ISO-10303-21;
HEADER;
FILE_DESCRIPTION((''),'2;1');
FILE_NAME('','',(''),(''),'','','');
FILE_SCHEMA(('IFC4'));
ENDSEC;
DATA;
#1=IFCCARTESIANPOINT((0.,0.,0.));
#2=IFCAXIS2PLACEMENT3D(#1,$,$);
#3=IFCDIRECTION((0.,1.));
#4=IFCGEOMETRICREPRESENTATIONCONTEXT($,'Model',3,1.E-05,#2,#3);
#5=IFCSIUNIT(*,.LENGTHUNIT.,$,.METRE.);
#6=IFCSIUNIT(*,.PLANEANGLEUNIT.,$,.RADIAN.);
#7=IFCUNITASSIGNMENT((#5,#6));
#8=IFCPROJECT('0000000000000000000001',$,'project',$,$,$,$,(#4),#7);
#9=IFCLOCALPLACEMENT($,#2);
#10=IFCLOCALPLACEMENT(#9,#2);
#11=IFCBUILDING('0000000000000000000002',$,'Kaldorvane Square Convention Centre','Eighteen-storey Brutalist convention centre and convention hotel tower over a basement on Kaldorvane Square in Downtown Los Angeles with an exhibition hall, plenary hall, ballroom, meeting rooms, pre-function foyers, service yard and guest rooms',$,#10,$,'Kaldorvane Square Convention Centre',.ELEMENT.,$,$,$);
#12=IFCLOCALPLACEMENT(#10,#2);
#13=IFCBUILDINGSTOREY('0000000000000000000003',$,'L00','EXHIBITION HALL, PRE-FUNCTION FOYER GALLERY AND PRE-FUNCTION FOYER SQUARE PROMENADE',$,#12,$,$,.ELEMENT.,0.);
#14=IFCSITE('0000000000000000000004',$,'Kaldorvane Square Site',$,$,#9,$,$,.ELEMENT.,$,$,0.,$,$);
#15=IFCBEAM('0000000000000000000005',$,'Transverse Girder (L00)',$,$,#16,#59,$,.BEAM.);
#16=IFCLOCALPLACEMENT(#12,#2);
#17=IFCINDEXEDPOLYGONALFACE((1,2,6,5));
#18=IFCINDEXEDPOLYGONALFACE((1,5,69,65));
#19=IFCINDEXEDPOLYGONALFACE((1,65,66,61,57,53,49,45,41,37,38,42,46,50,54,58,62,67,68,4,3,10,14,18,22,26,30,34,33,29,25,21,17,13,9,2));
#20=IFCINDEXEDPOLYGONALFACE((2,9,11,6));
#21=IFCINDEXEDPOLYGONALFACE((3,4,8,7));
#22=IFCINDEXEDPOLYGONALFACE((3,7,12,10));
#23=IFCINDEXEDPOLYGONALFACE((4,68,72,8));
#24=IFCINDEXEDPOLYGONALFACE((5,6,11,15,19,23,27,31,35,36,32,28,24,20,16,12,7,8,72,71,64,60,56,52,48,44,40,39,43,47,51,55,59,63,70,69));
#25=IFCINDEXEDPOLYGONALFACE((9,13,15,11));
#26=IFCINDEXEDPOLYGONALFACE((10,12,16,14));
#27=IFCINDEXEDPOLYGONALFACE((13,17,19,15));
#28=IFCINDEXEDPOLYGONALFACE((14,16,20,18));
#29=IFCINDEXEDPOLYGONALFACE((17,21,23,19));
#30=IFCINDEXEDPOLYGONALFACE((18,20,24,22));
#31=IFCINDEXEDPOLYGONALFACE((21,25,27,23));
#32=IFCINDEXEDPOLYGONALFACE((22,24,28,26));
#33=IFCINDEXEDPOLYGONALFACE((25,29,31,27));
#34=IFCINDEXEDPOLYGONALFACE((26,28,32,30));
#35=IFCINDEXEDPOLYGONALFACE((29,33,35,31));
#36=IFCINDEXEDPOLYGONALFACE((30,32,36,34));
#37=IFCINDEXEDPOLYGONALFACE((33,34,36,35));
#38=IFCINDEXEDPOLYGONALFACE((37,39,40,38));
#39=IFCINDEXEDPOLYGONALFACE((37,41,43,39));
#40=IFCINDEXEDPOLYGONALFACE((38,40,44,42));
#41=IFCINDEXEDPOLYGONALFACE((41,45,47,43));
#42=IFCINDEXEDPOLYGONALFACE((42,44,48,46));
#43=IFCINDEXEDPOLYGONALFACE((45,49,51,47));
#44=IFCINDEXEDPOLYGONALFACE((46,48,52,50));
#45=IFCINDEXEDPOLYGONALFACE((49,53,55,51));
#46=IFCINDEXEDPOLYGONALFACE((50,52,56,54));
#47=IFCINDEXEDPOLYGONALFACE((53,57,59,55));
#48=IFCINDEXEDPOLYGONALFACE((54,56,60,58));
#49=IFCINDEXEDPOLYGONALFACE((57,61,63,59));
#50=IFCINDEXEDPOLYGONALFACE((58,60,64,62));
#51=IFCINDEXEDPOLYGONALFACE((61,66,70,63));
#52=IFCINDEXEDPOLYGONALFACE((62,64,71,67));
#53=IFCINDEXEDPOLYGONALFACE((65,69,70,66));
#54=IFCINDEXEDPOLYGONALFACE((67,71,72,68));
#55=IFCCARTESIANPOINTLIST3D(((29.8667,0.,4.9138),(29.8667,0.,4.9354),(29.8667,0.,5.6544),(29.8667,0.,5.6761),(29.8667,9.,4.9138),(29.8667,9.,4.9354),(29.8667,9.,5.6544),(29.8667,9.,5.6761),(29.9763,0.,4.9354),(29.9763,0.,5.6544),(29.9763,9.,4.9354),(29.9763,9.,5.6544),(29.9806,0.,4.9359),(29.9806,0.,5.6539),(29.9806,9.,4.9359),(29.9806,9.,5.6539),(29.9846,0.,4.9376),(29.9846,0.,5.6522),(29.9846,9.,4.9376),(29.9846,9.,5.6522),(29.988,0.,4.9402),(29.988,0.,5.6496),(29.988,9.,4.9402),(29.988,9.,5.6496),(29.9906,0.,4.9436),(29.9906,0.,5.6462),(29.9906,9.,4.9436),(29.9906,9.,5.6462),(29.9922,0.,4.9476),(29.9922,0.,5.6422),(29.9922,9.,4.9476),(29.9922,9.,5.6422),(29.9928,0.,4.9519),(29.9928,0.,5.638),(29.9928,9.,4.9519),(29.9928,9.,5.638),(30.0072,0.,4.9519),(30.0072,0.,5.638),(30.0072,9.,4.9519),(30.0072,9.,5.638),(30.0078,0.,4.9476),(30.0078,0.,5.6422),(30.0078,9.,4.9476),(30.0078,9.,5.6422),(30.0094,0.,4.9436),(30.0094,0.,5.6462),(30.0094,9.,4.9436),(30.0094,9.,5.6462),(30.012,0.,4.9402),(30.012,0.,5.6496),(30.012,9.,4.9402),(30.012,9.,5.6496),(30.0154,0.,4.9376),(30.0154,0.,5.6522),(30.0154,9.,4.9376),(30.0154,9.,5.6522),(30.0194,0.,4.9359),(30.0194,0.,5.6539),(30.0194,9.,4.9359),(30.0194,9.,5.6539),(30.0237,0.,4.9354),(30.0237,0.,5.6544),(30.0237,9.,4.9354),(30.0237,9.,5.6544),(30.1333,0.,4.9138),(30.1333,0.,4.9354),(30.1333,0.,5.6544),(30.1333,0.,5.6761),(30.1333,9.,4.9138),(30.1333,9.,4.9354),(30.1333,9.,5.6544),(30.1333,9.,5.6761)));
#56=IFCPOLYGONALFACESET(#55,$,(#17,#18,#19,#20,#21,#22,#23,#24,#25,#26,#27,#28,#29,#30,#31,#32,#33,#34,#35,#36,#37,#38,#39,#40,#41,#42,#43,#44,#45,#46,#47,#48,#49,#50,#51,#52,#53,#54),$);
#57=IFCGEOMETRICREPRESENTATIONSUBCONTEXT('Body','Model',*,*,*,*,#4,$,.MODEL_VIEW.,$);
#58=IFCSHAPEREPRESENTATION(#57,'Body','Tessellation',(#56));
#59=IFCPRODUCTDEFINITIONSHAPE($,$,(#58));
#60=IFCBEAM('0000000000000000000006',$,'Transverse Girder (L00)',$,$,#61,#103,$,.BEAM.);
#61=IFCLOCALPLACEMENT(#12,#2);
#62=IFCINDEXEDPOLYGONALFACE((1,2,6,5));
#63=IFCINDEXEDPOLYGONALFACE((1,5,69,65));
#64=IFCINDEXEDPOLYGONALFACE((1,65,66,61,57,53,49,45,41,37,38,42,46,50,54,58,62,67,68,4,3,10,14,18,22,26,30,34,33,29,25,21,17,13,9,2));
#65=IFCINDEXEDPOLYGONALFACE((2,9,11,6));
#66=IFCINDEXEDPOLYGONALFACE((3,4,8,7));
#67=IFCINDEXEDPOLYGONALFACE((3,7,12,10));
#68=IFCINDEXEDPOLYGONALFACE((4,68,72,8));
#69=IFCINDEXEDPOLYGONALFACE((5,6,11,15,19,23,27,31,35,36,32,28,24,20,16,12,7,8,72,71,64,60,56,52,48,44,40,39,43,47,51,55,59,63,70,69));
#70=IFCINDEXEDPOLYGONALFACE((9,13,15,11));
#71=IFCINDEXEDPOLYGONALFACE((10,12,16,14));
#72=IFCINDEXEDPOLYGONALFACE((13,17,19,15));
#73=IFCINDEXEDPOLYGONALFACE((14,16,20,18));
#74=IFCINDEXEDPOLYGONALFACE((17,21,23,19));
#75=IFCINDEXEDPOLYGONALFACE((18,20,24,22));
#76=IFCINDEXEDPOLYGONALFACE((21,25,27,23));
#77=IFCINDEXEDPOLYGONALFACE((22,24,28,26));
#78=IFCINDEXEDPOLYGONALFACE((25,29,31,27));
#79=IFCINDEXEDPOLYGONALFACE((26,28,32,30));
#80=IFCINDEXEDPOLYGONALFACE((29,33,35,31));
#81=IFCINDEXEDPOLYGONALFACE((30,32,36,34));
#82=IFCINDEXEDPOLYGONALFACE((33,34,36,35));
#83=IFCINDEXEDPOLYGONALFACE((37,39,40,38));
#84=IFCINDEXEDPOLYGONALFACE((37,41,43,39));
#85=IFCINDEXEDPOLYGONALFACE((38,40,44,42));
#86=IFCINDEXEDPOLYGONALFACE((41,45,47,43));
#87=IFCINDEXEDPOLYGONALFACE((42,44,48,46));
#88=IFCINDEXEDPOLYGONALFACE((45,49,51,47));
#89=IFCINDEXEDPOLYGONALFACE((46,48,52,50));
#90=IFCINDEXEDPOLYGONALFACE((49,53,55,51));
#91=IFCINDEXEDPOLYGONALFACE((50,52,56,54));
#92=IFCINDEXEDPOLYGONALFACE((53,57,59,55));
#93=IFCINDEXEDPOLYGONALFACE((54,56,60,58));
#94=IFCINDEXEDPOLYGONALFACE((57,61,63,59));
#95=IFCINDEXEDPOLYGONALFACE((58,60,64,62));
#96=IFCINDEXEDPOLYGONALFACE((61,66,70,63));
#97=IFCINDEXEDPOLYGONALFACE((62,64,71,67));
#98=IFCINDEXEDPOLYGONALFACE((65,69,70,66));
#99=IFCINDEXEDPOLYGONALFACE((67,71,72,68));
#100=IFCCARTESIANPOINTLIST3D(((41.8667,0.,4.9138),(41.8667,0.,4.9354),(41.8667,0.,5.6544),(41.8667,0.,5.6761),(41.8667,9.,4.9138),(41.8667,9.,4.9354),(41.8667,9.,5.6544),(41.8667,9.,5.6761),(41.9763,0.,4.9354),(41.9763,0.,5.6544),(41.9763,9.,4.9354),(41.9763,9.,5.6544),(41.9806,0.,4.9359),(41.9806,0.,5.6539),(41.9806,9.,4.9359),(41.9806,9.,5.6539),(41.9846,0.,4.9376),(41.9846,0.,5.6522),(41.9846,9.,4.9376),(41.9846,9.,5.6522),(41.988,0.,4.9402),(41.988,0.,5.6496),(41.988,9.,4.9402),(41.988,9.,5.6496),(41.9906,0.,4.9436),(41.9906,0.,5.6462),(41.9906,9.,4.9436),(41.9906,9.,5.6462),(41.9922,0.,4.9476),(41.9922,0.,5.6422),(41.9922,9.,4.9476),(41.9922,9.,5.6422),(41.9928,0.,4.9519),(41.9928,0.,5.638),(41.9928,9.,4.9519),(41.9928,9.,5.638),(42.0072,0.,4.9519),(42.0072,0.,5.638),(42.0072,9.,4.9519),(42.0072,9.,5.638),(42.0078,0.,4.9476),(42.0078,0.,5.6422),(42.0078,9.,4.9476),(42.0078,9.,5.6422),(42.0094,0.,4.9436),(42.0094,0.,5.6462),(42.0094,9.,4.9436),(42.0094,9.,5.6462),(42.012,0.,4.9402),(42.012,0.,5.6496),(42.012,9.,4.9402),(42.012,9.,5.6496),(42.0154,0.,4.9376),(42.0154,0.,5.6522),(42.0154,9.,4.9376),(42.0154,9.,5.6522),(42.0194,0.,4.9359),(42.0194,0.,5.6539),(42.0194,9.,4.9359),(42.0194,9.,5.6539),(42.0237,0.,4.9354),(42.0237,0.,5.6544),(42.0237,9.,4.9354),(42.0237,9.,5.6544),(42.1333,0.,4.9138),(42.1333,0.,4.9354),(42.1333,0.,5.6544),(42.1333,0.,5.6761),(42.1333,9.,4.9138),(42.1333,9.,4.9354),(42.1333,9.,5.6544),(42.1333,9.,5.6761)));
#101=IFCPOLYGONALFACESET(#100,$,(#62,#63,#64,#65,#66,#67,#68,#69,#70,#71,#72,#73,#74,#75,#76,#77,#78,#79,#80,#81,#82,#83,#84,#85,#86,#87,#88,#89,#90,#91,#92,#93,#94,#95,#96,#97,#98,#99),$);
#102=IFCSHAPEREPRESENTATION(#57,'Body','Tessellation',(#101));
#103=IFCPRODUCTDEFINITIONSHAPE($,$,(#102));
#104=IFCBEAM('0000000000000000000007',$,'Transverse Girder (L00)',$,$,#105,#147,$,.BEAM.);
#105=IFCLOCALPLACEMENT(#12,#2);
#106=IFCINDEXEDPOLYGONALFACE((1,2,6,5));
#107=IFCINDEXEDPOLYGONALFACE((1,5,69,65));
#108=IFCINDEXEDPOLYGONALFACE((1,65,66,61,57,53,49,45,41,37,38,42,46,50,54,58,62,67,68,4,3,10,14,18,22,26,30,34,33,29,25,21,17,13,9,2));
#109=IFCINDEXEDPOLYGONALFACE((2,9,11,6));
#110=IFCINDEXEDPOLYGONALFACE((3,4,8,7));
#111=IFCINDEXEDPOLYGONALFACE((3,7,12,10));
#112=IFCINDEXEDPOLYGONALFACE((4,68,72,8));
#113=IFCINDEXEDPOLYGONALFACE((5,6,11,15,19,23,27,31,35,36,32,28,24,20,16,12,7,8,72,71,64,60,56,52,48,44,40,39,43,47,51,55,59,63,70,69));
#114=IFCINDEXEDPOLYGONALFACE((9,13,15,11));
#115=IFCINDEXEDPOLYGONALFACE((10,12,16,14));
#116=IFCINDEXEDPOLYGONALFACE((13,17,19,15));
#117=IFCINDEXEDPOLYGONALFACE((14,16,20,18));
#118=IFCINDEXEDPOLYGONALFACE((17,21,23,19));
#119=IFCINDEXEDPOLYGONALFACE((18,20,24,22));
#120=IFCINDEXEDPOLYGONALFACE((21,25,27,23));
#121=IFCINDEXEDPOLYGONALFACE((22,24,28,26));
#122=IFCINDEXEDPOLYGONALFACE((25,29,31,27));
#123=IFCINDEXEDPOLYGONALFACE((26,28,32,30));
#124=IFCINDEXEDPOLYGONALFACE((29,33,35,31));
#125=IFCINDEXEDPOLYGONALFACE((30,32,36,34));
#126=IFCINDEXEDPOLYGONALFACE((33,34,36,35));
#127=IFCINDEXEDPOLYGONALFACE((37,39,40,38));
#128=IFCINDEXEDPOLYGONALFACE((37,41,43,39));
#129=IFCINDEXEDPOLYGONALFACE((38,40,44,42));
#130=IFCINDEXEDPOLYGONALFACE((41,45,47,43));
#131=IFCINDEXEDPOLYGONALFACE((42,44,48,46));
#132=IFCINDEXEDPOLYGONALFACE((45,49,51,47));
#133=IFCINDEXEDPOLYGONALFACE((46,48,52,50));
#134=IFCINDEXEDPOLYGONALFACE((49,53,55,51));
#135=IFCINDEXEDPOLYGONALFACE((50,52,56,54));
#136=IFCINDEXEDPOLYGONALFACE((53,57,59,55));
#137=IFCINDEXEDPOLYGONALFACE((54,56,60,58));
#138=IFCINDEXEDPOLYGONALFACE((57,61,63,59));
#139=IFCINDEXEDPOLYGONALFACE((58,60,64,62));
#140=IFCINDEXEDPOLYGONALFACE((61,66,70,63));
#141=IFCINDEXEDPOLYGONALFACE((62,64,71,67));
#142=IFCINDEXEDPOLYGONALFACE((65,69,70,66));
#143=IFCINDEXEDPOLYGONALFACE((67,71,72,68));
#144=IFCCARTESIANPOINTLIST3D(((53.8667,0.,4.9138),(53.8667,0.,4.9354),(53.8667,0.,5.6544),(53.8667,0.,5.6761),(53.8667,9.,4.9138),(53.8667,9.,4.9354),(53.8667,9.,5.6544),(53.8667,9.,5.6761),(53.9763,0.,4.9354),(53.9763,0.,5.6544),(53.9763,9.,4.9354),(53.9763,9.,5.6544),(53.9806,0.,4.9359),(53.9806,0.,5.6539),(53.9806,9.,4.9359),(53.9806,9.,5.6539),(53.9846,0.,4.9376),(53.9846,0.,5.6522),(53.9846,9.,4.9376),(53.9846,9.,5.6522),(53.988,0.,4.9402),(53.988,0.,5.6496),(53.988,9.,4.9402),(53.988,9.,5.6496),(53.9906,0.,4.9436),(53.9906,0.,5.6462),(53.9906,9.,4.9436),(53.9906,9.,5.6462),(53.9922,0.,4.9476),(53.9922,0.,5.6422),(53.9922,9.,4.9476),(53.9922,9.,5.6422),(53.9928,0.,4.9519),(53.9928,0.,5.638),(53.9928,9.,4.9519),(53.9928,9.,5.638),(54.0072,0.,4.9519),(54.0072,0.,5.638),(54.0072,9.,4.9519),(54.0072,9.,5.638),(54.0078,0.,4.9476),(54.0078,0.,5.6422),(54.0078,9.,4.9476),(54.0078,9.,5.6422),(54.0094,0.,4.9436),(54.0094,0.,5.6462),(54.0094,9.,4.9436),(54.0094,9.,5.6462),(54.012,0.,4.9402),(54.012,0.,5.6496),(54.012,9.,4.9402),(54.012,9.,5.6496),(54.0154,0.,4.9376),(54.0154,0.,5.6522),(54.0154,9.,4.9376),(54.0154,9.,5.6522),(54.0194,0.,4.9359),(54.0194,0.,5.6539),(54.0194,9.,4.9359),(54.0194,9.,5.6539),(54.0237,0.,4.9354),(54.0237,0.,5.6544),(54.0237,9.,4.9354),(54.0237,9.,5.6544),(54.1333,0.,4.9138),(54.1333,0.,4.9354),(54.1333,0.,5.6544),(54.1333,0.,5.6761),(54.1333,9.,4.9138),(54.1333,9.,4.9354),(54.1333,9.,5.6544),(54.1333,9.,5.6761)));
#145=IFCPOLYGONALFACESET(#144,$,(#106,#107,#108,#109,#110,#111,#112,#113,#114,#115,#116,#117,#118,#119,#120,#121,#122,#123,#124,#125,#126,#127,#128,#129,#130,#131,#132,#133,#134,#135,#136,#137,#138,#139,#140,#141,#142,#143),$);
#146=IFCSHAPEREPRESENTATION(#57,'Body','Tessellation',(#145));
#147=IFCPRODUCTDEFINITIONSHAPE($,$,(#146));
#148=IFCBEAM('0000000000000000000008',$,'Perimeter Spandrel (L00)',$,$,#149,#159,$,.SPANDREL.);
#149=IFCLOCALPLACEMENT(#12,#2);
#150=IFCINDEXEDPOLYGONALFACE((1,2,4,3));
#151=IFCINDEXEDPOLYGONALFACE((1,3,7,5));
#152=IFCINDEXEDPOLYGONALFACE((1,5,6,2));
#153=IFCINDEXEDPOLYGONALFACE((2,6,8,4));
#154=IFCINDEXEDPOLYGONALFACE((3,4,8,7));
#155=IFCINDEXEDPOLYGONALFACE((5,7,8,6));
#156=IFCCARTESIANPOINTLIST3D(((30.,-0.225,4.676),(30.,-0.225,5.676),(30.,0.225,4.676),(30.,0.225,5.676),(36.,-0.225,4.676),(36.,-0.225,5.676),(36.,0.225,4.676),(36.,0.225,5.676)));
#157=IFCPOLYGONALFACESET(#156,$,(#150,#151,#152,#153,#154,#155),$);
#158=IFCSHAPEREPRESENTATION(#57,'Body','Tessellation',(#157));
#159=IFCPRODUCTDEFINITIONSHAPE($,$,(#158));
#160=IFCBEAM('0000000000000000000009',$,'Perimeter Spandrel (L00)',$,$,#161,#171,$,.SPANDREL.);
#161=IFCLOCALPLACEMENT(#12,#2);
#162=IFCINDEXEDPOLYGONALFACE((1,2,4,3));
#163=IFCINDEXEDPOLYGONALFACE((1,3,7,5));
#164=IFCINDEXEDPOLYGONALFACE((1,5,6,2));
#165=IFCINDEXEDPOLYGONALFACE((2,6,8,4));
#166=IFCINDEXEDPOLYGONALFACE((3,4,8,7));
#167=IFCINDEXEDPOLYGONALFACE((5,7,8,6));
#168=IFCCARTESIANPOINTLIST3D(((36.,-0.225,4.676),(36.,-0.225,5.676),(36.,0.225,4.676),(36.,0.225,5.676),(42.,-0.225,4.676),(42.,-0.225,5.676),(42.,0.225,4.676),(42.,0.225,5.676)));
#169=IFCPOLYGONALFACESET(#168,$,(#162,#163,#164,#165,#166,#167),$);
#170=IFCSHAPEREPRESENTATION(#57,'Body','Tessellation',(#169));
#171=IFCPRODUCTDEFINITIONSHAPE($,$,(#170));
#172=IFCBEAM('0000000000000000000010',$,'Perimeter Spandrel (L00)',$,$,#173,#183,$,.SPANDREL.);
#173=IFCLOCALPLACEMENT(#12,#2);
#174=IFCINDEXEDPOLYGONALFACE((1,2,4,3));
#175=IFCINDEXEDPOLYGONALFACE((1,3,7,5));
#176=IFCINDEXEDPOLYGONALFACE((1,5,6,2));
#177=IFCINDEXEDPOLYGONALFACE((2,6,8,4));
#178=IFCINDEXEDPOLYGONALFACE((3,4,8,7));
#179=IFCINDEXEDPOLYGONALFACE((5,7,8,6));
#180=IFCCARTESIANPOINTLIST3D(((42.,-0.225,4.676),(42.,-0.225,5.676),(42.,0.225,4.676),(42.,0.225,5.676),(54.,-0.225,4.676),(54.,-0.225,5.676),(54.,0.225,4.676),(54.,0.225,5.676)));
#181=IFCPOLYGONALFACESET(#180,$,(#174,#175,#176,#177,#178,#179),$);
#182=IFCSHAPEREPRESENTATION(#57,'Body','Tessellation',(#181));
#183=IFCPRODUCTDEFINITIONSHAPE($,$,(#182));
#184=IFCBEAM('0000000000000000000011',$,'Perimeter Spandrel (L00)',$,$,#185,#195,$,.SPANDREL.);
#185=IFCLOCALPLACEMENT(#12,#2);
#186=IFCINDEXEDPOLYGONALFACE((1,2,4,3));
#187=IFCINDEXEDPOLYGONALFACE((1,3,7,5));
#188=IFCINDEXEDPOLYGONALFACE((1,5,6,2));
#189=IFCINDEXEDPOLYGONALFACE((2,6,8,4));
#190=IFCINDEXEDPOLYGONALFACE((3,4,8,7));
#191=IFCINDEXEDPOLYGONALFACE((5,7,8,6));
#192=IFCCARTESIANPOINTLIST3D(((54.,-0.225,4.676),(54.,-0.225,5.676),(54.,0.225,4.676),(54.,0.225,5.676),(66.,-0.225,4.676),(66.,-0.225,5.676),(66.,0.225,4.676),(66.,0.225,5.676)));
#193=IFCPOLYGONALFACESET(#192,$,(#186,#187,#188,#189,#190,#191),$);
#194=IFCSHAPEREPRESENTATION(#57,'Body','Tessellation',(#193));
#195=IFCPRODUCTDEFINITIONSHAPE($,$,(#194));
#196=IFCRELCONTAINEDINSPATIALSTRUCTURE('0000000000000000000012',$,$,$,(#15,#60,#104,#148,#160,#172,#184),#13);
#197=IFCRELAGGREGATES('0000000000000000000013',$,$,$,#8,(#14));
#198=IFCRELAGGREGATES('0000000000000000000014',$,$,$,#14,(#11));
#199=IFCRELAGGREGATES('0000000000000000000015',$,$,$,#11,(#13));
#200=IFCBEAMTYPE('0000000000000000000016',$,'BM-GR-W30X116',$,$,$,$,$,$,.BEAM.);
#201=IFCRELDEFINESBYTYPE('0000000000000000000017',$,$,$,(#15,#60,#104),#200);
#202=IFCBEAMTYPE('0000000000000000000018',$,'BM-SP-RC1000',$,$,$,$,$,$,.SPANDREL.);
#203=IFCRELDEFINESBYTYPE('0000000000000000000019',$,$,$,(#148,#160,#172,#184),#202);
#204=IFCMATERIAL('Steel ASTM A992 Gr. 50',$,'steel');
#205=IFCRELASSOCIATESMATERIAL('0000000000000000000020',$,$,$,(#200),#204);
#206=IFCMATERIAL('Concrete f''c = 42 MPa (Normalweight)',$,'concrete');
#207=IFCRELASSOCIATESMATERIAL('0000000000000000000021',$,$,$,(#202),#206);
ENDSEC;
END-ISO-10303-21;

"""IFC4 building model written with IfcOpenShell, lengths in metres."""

from ifc_helpers import new_model, si_unit, direction, frame, origin, origin_2d, place, context, subcontext, project, spatial, rectangle, i_section, extrude, material, material_profile, profile_set, type_object, element, save


model = new_model("IFC4")

# Units and contexts
model_context = context("Model", 3, precision=1e-05, world=origin(), true_north=direction((0.0, 1.0)))
body_context = subcontext(model_context, "Body", "Model", "MODEL_VIEW")
ifc_project = project(units=[si_unit("LENGTHUNIT", "METRE"), si_unit("PLANEANGLEUNIT", "RADIAN")], contexts=[model_context])

# Site, building, storey
site_placement = place(None, origin())
site = spatial("IfcSite", under=ifc_project, at=site_placement, Name="Kaldorvane Square Site", CompositionType="ELEMENT", RefElevation=0.0)
building_placement = place(site_placement, origin())
building = spatial("IfcBuilding", under=site, at=building_placement, Name="Kaldorvane Square Convention Centre", Description="Eighteen-storey Brutalist convention centre and convention hotel tower over a basement on Kaldorvane Square in Downtown Los Angeles with an exhibition hall, plenary hall, ballroom, meeting rooms, pre-function foyers, service yard and guest rooms", LongName="Kaldorvane Square Convention Centre", CompositionType="ELEMENT")
storey_placement = place(building_placement, origin())
storey = spatial("IfcBuildingStorey", under=building, at=storey_placement, Name="L00", Description="EXHIBITION HALL, PRE-FUNCTION FOYER GALLERY AND PRE-FUNCTION FOYER SQUARE PROMENADE", CompositionType="ELEMENT", Elevation=0.0)

# Shared definitions
ifc_material_1 = material(Name="Steel ASTM A992 Gr. 50", Category="steel")

# Beams
ifc_material_profile_1 = material_profile(ifc_material_1, i_section(OverallWidth=0.2666, OverallDepth=0.7623, WebThickness=0.0144, FlangeThickness=0.0216, FilletRadius=0.0165, at=origin_2d()), Name="W30X116")
ifc_profile_set_1 = profile_set([ifc_material_profile_1], Name="Steel ASTM A992 Gr. 50")
beam_type_1 = type_object("IfcBeamType", Name="BM-GR-W30X116", PredefinedType="BEAM", material=ifc_profile_set_1)
for number, where, z_axis, x_axis, name in (
    (1, (30.0, 0.0, 5.2949), (0.0, 1.0, 0.0), (-1.0, 0.0, 0.0), "Transverse Girder (L00)"),
    (2, (42.0, 0.0, 5.2949), (0.0, 1.0, 0.0), (-1.0, 0.0, 0.0), "Transverse Girder (L00)"),
    (3, (54.0, 0.0, 5.2949), (0.0, 1.0, 0.0), (-1.0, 0.0, 0.0), "Transverse Girder (L00)"),
):
    element("IfcBeam", number, at=place(storey_placement, frame(where, z_axis=z_axis, x_axis=x_axis)), inside=storey, type_object=beam_type_1, Name=name, PredefinedType="BEAM", context=body_context, shape_type="SweptSolid", body=[
        extrude(i_section(OverallWidth=0.2666, OverallDepth=0.7623, WebThickness=0.0144, FlangeThickness=0.0216, FilletRadius=0.0165, at=origin_2d()), origin(), (0.0, 0.0, 1.0), 9.0),
    ])
ifc_material_2 = material(Name="Concrete f'c = 42 MPa (Normalweight)", Category="concrete")
ifc_material_profile_2 = material_profile(ifc_material_2, rectangle(XDim=0.45, YDim=1.0, at=origin_2d()), Name="RCSP1000X450")
ifc_profile_set_2 = profile_set([ifc_material_profile_2], Name="Concrete f'c = 42 MPa (Normalweight)")
beam_type_2 = type_object("IfcBeamType", Name="BM-SP-RC1000", PredefinedType="SPANDREL", material=ifc_profile_set_2)
for number, where, z_axis, x_axis, name in (
    (4, (30.0, 0.0, 5.176), (1.0, 0.0, 0.0), (0.0, 1.0, 0.0), "Perimeter Spandrel (L00)"),
    (5, (36.0, 0.0, 5.176), (1.0, 0.0, 0.0), (0.0, 1.0, 0.0), "Perimeter Spandrel (L00)"),
):
    element("IfcBeam", number, at=place(storey_placement, frame(where, z_axis=z_axis, x_axis=x_axis)), inside=storey, type_object=beam_type_2, Name=name, PredefinedType="SPANDREL", context=body_context, shape_type="SweptSolid", body=[
        extrude(rectangle(XDim=0.45, YDim=1.0, at=origin_2d()), origin(), (0.0, 0.0, 1.0), 6.0),
    ])
for number, where, z_axis, x_axis, name in (
    (6, (42.0, 0.0, 5.176), (1.0, 0.0, 0.0), (0.0, 1.0, 0.0), "Perimeter Spandrel (L00)"),
    (7, (54.0, 0.0, 5.176), (1.0, 0.0, 0.0), (0.0, 1.0, 0.0), "Perimeter Spandrel (L00)"),
):
    element("IfcBeam", number, at=place(storey_placement, frame(where, z_axis=z_axis, x_axis=x_axis)), inside=storey, type_object=beam_type_2, Name=name, PredefinedType="SPANDREL", context=body_context, shape_type="SweptSolid", body=[
        extrude(rectangle(XDim=0.45, YDim=1.0, at=origin_2d()), origin(), (0.0, 0.0, 1.0), 12.0),
    ])

save(model, "model.ifc")
